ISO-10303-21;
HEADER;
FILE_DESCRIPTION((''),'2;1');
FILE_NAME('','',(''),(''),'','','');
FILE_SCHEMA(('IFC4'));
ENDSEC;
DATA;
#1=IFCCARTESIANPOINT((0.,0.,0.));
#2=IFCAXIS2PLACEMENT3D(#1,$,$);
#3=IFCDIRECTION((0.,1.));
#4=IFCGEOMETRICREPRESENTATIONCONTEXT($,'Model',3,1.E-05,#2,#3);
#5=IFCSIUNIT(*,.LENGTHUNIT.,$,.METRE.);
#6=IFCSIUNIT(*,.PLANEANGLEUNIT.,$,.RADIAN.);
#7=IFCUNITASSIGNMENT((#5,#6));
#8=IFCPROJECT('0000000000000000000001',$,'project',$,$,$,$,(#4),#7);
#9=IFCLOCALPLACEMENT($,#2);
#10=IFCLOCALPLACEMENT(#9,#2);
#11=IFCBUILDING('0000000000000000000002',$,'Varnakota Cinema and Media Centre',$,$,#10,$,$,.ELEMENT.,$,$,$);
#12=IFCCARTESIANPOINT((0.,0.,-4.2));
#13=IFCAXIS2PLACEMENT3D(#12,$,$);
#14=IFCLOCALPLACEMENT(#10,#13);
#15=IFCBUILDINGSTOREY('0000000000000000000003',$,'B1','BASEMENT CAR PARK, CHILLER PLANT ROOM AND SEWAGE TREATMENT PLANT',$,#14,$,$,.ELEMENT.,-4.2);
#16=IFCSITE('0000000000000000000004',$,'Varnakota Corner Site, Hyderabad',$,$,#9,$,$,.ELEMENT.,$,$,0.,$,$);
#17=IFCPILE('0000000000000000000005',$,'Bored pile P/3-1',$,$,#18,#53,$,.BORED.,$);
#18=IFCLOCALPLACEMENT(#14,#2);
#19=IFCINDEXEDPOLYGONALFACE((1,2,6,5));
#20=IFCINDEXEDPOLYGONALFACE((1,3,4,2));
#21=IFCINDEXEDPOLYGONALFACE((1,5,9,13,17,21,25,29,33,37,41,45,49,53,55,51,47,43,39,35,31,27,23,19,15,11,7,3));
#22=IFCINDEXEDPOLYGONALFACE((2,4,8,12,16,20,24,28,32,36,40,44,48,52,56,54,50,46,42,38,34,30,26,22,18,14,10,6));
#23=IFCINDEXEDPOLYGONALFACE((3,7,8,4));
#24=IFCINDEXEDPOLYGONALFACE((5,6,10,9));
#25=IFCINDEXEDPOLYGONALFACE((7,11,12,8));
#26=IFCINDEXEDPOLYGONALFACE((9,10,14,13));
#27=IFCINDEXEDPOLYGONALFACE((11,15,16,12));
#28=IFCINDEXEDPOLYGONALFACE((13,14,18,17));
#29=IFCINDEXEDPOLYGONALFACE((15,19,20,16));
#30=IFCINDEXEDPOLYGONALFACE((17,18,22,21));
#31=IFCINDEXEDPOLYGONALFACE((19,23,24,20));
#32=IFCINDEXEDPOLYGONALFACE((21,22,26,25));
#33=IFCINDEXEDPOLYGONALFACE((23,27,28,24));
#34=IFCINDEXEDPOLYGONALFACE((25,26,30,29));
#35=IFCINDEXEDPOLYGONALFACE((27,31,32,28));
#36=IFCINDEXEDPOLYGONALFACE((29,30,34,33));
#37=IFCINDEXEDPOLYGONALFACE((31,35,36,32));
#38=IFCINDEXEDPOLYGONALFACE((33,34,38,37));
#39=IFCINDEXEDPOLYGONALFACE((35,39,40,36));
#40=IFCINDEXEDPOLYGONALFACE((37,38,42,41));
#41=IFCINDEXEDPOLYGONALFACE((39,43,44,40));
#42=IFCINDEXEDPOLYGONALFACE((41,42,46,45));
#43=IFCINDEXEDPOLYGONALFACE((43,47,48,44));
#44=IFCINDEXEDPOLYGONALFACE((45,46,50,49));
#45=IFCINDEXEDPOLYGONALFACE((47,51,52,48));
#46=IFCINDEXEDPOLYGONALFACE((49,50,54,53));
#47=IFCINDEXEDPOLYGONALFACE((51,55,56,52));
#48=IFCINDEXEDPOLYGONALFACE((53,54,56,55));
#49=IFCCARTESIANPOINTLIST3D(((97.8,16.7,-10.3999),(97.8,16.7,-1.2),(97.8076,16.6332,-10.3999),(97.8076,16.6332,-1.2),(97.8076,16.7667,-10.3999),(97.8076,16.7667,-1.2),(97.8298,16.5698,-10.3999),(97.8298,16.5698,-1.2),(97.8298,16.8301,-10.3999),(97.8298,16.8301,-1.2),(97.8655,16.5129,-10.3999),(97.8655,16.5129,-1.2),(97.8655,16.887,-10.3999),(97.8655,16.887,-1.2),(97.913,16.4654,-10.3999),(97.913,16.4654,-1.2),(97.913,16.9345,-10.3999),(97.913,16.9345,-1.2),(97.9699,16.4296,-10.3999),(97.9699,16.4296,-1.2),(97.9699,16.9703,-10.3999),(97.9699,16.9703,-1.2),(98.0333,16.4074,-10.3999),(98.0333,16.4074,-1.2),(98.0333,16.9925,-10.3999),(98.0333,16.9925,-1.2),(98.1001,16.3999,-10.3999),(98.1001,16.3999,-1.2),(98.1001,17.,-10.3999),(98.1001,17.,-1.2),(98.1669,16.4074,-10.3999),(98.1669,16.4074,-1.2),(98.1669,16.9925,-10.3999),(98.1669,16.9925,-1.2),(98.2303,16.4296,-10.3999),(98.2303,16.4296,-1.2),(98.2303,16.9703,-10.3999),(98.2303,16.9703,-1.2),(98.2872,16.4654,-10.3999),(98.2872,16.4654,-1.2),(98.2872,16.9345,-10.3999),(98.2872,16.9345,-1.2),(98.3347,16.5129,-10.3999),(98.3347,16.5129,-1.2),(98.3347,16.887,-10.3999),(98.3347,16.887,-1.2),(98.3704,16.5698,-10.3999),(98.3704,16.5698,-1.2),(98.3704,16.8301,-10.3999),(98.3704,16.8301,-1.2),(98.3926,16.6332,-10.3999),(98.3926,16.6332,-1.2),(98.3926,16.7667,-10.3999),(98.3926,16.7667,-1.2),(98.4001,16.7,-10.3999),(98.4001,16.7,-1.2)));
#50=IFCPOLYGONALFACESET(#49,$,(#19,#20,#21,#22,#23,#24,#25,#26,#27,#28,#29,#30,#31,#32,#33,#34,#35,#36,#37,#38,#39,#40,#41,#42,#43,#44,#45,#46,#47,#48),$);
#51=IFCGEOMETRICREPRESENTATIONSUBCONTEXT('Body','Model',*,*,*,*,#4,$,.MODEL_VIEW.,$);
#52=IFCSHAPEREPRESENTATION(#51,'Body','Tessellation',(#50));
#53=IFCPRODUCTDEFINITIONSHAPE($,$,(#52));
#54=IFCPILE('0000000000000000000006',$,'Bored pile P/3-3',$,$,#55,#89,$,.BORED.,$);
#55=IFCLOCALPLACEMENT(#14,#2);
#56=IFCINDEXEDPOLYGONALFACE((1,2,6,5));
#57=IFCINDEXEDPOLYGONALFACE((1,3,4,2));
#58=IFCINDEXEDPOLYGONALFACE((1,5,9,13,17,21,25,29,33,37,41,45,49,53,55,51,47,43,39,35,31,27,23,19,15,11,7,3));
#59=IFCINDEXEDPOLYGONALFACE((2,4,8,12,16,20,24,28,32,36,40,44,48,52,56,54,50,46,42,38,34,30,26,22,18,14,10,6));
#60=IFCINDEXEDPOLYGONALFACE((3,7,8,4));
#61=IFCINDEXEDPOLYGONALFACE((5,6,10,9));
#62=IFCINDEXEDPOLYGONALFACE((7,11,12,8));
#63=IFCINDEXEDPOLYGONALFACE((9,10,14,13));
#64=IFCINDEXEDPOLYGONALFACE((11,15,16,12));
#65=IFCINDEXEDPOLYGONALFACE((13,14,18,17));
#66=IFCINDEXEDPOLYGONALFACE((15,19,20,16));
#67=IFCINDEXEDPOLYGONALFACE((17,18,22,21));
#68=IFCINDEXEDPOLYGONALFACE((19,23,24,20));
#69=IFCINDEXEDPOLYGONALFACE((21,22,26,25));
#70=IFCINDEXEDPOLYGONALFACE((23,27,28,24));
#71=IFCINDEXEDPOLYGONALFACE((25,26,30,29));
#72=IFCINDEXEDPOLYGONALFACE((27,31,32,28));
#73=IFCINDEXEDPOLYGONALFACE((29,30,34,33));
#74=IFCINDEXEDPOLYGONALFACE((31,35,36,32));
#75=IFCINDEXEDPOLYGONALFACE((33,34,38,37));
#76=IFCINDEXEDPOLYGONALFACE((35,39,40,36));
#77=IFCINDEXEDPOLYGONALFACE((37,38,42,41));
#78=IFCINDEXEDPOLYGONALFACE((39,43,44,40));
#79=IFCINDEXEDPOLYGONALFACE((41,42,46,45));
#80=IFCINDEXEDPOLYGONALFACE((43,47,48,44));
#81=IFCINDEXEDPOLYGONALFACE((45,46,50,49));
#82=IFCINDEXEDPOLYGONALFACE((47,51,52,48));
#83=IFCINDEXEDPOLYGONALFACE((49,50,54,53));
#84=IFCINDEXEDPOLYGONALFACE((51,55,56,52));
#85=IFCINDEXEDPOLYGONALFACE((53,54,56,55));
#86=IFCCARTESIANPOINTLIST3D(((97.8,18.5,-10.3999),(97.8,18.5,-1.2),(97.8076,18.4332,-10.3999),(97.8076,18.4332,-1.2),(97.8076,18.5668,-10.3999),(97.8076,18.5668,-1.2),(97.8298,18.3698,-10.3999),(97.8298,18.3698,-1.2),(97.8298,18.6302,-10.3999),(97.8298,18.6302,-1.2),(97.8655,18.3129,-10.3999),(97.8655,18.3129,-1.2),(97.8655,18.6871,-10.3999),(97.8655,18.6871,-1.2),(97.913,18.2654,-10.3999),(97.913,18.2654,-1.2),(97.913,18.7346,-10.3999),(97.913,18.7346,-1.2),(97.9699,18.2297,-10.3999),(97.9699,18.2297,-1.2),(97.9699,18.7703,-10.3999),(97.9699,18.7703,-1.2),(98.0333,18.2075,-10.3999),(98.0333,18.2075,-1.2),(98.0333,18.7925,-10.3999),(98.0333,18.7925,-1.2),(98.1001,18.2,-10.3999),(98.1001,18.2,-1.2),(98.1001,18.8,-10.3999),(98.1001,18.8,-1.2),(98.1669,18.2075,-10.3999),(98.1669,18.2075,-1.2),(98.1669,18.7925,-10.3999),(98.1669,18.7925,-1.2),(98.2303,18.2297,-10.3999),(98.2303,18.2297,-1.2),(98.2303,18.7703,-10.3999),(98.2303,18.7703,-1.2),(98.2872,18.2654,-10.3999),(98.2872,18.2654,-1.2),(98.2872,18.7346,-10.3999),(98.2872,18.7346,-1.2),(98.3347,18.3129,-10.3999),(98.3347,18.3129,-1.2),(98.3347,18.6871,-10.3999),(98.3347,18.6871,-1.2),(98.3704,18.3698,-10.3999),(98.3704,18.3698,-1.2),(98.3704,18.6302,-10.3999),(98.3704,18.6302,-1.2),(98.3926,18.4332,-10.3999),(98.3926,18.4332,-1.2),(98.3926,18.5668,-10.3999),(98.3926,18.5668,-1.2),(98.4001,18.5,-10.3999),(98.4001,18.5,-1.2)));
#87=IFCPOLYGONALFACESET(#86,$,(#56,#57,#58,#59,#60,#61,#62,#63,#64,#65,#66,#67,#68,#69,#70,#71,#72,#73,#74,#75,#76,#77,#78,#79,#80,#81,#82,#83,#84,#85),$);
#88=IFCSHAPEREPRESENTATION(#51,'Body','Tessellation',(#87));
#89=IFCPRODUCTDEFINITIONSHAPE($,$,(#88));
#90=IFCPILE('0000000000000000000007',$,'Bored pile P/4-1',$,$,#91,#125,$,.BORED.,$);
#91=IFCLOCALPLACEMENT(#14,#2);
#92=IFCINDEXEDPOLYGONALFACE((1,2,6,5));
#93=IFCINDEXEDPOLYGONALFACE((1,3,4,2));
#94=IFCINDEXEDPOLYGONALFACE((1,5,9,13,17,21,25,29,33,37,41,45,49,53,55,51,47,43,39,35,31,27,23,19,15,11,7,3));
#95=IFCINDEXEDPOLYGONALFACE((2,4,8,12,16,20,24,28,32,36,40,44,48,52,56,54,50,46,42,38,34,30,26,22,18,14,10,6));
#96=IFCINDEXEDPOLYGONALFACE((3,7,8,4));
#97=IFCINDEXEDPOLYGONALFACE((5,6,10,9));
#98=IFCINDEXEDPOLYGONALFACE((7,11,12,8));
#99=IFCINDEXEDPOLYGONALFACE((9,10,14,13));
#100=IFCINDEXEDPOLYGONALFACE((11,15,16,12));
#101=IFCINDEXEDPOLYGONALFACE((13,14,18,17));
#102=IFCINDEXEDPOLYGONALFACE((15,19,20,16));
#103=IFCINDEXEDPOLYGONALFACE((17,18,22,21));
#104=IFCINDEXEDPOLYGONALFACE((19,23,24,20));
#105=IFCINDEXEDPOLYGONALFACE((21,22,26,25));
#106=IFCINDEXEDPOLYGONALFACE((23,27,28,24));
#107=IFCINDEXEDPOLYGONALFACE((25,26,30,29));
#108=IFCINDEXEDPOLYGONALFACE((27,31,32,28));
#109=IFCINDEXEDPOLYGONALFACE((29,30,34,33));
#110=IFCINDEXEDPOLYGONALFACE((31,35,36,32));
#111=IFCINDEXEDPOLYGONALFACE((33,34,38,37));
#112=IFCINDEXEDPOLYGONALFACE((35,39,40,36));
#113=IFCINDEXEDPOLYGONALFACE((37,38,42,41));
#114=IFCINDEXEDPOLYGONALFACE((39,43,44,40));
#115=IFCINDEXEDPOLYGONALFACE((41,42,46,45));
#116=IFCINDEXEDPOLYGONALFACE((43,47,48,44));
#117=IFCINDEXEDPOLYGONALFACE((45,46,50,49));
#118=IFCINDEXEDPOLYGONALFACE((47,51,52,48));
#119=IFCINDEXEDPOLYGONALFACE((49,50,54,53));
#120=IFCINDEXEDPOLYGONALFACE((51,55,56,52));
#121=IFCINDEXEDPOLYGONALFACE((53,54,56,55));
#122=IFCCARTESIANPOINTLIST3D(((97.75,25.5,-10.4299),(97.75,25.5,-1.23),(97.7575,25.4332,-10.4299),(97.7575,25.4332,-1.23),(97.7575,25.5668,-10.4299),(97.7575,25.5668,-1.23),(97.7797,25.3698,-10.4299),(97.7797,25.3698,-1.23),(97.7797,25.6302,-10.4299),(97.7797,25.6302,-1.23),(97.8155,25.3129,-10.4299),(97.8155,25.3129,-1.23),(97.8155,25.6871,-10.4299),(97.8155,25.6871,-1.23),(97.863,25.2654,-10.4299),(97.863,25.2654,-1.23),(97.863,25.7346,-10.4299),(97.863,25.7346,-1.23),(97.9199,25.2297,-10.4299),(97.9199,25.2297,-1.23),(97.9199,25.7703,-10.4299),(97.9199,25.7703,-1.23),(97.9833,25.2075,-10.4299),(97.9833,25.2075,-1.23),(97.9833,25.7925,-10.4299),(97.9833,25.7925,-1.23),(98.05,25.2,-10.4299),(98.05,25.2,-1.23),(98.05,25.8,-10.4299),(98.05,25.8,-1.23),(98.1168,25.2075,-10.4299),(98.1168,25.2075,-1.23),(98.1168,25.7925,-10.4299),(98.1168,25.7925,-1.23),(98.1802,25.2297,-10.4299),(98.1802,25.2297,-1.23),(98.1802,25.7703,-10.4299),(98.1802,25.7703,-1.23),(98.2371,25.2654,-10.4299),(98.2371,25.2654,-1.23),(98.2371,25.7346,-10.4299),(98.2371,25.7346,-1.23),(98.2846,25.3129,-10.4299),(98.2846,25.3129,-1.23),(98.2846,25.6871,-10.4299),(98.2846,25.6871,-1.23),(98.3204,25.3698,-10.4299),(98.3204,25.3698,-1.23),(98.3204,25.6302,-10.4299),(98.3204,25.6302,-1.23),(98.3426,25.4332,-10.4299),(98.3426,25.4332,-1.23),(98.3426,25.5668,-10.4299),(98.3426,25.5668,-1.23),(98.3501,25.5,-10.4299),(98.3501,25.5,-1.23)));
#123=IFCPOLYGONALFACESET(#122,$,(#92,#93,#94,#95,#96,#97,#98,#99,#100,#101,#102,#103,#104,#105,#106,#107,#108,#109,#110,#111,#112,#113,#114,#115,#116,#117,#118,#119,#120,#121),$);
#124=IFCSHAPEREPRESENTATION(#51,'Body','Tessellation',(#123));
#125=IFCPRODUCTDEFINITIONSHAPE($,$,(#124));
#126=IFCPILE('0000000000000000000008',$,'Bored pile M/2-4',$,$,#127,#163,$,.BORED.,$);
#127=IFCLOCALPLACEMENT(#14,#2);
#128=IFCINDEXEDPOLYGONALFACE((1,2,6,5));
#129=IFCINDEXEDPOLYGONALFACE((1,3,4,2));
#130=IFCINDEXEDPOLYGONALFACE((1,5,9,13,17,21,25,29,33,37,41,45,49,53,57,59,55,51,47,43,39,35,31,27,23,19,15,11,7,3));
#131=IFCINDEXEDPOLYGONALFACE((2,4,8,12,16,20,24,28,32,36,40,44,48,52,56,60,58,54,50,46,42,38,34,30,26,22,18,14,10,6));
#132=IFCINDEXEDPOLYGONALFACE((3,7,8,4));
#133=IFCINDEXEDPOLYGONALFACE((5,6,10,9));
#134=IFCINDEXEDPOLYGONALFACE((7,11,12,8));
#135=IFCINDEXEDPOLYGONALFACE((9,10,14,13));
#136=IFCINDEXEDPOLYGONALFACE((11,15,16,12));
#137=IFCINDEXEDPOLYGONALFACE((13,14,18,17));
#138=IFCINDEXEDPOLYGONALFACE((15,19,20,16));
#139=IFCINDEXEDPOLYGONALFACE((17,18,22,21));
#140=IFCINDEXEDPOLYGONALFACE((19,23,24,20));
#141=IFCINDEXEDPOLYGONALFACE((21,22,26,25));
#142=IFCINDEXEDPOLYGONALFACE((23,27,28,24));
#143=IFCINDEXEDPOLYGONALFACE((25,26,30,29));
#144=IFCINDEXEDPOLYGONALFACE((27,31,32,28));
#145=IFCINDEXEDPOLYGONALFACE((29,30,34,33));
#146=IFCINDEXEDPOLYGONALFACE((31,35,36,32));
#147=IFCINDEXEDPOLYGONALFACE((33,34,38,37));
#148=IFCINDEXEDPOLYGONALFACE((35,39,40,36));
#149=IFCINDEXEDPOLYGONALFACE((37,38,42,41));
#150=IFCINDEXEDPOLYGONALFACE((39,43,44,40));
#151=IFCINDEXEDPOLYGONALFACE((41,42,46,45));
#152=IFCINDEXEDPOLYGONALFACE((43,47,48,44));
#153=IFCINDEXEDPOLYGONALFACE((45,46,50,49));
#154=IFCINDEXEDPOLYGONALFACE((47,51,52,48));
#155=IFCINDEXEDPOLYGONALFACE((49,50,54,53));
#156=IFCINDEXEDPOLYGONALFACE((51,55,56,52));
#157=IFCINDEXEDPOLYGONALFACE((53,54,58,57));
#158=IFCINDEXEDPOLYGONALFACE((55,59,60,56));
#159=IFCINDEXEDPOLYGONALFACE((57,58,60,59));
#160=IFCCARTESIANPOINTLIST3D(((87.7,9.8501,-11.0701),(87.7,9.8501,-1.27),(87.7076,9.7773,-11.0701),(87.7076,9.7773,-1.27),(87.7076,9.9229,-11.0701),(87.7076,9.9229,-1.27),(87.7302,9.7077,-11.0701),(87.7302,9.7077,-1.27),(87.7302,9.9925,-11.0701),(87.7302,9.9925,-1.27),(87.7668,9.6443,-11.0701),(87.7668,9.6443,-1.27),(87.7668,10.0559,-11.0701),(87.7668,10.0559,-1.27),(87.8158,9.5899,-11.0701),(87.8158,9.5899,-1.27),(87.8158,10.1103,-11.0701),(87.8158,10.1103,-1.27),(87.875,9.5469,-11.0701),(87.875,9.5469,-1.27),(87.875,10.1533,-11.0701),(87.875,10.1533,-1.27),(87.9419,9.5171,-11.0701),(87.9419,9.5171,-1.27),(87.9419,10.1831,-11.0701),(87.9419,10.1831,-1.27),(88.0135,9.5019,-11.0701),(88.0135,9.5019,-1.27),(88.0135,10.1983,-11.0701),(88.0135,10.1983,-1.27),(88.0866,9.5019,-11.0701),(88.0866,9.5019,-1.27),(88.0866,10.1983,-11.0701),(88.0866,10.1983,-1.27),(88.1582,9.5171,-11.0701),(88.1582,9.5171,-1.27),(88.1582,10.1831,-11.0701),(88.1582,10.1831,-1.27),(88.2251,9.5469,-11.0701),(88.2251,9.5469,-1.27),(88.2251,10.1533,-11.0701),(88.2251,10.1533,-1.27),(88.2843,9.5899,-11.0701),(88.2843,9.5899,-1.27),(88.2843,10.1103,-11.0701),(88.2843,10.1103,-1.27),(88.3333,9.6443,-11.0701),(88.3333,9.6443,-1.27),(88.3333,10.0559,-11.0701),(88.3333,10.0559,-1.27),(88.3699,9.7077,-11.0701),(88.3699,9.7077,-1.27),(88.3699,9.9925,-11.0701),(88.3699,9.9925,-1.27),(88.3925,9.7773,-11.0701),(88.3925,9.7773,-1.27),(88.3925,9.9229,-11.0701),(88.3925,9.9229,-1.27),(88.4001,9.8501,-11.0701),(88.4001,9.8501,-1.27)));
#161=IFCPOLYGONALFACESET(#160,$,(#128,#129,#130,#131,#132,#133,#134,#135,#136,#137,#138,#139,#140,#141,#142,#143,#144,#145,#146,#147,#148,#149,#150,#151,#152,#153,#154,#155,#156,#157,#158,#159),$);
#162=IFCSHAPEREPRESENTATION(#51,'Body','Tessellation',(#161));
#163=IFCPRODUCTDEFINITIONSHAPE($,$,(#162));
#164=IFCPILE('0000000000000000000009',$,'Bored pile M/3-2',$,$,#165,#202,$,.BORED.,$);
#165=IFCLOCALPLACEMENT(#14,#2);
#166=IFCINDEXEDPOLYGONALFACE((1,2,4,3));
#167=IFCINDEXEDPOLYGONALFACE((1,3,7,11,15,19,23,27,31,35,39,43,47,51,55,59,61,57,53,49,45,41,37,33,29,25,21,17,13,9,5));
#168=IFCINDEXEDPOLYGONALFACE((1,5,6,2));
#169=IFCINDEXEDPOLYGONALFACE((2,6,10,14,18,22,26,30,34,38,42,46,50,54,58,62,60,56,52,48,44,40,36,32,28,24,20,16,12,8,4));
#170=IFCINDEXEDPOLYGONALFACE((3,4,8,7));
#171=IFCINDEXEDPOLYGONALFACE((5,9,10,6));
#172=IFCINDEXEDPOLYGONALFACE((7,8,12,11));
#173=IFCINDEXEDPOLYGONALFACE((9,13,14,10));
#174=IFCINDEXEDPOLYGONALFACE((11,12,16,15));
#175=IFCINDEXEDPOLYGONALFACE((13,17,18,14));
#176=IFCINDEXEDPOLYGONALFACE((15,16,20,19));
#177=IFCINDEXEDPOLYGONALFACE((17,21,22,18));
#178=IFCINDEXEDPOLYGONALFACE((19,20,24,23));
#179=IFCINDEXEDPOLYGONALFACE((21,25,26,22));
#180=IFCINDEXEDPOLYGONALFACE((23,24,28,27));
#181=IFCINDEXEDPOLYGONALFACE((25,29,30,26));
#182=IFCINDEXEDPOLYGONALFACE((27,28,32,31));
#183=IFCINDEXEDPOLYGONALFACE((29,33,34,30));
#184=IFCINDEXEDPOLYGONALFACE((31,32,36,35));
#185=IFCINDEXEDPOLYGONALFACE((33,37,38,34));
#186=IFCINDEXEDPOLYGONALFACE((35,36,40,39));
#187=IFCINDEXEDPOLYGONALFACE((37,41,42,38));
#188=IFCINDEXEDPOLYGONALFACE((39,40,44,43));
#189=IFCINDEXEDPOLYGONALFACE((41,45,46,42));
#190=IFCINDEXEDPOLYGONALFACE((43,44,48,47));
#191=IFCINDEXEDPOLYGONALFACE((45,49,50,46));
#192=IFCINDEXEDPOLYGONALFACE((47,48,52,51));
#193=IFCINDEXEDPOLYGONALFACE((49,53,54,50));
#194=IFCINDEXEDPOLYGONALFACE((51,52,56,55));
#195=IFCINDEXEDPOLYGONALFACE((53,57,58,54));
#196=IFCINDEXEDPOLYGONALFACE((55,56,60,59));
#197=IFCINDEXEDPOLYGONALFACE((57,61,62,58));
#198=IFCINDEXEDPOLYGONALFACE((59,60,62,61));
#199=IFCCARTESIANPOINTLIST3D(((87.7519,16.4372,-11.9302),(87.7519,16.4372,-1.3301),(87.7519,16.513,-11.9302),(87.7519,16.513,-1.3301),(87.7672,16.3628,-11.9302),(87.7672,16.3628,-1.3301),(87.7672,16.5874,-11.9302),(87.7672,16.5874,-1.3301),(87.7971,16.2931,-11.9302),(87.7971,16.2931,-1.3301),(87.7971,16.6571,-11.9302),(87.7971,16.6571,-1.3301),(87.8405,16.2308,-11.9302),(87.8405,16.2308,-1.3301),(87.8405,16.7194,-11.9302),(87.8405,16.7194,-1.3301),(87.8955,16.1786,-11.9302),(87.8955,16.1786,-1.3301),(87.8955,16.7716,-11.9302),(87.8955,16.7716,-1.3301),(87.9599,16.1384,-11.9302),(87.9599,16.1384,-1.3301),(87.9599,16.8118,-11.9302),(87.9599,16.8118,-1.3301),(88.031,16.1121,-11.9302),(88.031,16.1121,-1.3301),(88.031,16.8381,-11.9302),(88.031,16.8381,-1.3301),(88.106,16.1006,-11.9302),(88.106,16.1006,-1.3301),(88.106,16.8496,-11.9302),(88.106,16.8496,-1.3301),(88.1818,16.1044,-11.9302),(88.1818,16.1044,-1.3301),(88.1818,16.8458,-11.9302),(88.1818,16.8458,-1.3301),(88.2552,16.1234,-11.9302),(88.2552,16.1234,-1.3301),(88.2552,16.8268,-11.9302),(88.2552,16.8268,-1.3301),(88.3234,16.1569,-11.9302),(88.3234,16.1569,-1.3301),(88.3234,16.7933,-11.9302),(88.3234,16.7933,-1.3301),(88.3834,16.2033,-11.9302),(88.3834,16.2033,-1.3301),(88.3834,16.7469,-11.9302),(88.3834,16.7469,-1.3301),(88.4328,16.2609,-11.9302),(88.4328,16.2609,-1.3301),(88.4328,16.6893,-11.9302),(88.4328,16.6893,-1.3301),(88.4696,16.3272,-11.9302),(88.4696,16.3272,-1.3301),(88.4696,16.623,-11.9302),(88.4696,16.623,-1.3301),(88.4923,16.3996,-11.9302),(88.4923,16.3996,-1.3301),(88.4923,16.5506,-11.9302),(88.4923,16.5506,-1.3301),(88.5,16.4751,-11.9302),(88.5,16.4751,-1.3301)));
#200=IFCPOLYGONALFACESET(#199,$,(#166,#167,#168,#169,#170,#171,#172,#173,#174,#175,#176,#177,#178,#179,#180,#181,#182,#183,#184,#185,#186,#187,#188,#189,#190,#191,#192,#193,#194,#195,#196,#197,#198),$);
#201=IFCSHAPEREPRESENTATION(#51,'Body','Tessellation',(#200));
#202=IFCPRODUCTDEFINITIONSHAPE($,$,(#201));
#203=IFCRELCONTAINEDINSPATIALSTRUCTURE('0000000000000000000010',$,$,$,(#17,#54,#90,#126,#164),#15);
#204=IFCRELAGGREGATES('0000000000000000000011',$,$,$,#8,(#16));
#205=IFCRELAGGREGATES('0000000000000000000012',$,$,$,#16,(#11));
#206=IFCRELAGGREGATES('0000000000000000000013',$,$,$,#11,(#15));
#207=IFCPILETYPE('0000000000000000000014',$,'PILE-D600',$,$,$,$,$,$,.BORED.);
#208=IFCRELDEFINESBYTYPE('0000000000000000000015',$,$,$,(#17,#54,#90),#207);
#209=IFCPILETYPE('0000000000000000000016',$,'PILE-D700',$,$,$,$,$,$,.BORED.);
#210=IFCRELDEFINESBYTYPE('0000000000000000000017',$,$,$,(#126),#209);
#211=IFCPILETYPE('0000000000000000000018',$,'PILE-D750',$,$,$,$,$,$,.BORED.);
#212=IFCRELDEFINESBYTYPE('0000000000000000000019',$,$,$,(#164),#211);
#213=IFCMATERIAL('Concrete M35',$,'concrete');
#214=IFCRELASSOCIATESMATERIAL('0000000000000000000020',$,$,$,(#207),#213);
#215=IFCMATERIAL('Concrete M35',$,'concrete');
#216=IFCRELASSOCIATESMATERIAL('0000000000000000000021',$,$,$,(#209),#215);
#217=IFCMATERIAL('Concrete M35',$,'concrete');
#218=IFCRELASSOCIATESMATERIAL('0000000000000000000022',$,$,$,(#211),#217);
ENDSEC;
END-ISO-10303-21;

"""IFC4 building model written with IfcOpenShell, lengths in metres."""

from ifc_helpers import new_model, si_unit, direction, frame, origin, origin_2d, place, context, subcontext, project, spatial, circle, extrude, material, material_profile, profile_set, type_object, element, save


model = new_model("IFC4")

# Units and contexts
model_context = context("Model", 3, precision=1e-05, world=origin(), true_north=direction((0.0, 1.0)))
body_context = subcontext(model_context, "Body", "Model", "MODEL_VIEW")
ifc_project = project(units=[si_unit("LENGTHUNIT", "METRE"), si_unit("PLANEANGLEUNIT", "RADIAN")], contexts=[model_context])

# Site, building, storey
site_placement = place(None, origin())
site = spatial("IfcSite", under=ifc_project, at=site_placement, Name="Varnakota Corner Site, Hyderabad", CompositionType="ELEMENT", RefElevation=0.0)
building_placement = place(site_placement, origin())
building = spatial("IfcBuilding", under=site, at=building_placement, Name="Varnakota Cinema and Media Centre", CompositionType="ELEMENT")
storey_placement = place(building_placement, frame((0.0, 0.0, -4.2)))
storey = spatial("IfcBuildingStorey", under=building, at=storey_placement, Name="B1", Description="BASEMENT CAR PARK, CHILLER PLANT ROOM AND SEWAGE TREATMENT PLANT", CompositionType="ELEMENT", Elevation=-4.2)

# Piles
ifc_material_1 = material(Name="Concrete M35", Category="concrete")
ifc_material_profile_1 = material_profile(ifc_material_1, circle(Radius=0.3, at=origin_2d()), Name="PILE D600")
ifc_profile_set_1 = profile_set([ifc_material_profile_1], Name="Concrete M35")
pile_type_1 = type_object("IfcPileType", Name="PILE-D600", PredefinedType="BORED", material=ifc_profile_set_1)
for number, where, z_axis, x_axis, name in (
    (1, (98.1001, 16.7, -1.2), (0.0, 0.0, -1.0), (1.0, 0.0, 0.0), "Bored pile P/3-1"),
    (2, (98.1001, 18.5, -1.2), (0.0, 0.0, -1.0), (1.0, 0.0, 0.0), "Bored pile P/3-3"),
    (3, (98.05, 25.5, -1.23), (0.0, 0.0, -1.0), (1.0, 0.0, 0.0), "Bored pile P/4-1"),
):
    element("IfcPile", number, at=place(storey_placement, frame(where, z_axis=z_axis, x_axis=x_axis)), inside=storey, type_object=pile_type_1, Name=name, PredefinedType="BORED", context=body_context, shape_type="SweptSolid", body=[
        extrude(circle(Radius=0.3, at=origin_2d()), origin(), (0.0, 0.0, 1.0), 9.2),
    ])
ifc_material_2 = material(Name="Concrete M35", Category="concrete")
ifc_material_profile_2 = material_profile(ifc_material_2, circle(Radius=0.3501, at=origin_2d()), Name="PILE D700")
ifc_profile_set_2 = profile_set([ifc_material_profile_2], Name="Concrete M35")
pile_type_2 = type_object("IfcPileType", Name="PILE-D700", PredefinedType="BORED", material=ifc_profile_set_2)
pile_placement = place(storey_placement, frame((88.05, 9.8501, -1.27), z_axis=(0.0, 0.0, -1.0), x_axis=(1.0, 0.0, 0.0)))
element("IfcPile", 4, at=pile_placement, inside=storey, type_object=pile_type_2, Name="Bored pile M/2-4", PredefinedType="BORED", context=body_context, shape_type="SweptSolid", body=[
    extrude(circle(Radius=0.3501, at=origin_2d()), origin(), (0.0, 0.0, 1.0), 9.8),
])
ifc_material_3 = material(Name="Concrete M35", Category="concrete")
ifc_material_profile_3 = material_profile(ifc_material_3, circle(Radius=0.375, at=origin_2d()), Name="PILE D750")
ifc_profile_set_3 = profile_set([ifc_material_profile_3], Name="Concrete M35")
pile_type_3 = type_object("IfcPileType", Name="PILE-D750", PredefinedType="BORED", material=ifc_profile_set_3)
for number, where, z_axis, x_axis, name in (
    (5, (88.125, 16.4751, -1.3301), (0.0, 0.0, -1.0), (1.0, 0.0, 0.0), "Bored pile M/3-2"),
):
    element("IfcPile", number, at=place(storey_placement, frame(where, z_axis=z_axis, x_axis=x_axis)), inside=storey, type_object=pile_type_3, Name=name, PredefinedType="BORED", context=body_context, shape_type="SweptSolid", body=[
        extrude(circle(Radius=0.375, at=origin_2d()), origin(), (0.0, 0.0, 1.0), 10.6001),
    ])

save(model, "model.ifc")
